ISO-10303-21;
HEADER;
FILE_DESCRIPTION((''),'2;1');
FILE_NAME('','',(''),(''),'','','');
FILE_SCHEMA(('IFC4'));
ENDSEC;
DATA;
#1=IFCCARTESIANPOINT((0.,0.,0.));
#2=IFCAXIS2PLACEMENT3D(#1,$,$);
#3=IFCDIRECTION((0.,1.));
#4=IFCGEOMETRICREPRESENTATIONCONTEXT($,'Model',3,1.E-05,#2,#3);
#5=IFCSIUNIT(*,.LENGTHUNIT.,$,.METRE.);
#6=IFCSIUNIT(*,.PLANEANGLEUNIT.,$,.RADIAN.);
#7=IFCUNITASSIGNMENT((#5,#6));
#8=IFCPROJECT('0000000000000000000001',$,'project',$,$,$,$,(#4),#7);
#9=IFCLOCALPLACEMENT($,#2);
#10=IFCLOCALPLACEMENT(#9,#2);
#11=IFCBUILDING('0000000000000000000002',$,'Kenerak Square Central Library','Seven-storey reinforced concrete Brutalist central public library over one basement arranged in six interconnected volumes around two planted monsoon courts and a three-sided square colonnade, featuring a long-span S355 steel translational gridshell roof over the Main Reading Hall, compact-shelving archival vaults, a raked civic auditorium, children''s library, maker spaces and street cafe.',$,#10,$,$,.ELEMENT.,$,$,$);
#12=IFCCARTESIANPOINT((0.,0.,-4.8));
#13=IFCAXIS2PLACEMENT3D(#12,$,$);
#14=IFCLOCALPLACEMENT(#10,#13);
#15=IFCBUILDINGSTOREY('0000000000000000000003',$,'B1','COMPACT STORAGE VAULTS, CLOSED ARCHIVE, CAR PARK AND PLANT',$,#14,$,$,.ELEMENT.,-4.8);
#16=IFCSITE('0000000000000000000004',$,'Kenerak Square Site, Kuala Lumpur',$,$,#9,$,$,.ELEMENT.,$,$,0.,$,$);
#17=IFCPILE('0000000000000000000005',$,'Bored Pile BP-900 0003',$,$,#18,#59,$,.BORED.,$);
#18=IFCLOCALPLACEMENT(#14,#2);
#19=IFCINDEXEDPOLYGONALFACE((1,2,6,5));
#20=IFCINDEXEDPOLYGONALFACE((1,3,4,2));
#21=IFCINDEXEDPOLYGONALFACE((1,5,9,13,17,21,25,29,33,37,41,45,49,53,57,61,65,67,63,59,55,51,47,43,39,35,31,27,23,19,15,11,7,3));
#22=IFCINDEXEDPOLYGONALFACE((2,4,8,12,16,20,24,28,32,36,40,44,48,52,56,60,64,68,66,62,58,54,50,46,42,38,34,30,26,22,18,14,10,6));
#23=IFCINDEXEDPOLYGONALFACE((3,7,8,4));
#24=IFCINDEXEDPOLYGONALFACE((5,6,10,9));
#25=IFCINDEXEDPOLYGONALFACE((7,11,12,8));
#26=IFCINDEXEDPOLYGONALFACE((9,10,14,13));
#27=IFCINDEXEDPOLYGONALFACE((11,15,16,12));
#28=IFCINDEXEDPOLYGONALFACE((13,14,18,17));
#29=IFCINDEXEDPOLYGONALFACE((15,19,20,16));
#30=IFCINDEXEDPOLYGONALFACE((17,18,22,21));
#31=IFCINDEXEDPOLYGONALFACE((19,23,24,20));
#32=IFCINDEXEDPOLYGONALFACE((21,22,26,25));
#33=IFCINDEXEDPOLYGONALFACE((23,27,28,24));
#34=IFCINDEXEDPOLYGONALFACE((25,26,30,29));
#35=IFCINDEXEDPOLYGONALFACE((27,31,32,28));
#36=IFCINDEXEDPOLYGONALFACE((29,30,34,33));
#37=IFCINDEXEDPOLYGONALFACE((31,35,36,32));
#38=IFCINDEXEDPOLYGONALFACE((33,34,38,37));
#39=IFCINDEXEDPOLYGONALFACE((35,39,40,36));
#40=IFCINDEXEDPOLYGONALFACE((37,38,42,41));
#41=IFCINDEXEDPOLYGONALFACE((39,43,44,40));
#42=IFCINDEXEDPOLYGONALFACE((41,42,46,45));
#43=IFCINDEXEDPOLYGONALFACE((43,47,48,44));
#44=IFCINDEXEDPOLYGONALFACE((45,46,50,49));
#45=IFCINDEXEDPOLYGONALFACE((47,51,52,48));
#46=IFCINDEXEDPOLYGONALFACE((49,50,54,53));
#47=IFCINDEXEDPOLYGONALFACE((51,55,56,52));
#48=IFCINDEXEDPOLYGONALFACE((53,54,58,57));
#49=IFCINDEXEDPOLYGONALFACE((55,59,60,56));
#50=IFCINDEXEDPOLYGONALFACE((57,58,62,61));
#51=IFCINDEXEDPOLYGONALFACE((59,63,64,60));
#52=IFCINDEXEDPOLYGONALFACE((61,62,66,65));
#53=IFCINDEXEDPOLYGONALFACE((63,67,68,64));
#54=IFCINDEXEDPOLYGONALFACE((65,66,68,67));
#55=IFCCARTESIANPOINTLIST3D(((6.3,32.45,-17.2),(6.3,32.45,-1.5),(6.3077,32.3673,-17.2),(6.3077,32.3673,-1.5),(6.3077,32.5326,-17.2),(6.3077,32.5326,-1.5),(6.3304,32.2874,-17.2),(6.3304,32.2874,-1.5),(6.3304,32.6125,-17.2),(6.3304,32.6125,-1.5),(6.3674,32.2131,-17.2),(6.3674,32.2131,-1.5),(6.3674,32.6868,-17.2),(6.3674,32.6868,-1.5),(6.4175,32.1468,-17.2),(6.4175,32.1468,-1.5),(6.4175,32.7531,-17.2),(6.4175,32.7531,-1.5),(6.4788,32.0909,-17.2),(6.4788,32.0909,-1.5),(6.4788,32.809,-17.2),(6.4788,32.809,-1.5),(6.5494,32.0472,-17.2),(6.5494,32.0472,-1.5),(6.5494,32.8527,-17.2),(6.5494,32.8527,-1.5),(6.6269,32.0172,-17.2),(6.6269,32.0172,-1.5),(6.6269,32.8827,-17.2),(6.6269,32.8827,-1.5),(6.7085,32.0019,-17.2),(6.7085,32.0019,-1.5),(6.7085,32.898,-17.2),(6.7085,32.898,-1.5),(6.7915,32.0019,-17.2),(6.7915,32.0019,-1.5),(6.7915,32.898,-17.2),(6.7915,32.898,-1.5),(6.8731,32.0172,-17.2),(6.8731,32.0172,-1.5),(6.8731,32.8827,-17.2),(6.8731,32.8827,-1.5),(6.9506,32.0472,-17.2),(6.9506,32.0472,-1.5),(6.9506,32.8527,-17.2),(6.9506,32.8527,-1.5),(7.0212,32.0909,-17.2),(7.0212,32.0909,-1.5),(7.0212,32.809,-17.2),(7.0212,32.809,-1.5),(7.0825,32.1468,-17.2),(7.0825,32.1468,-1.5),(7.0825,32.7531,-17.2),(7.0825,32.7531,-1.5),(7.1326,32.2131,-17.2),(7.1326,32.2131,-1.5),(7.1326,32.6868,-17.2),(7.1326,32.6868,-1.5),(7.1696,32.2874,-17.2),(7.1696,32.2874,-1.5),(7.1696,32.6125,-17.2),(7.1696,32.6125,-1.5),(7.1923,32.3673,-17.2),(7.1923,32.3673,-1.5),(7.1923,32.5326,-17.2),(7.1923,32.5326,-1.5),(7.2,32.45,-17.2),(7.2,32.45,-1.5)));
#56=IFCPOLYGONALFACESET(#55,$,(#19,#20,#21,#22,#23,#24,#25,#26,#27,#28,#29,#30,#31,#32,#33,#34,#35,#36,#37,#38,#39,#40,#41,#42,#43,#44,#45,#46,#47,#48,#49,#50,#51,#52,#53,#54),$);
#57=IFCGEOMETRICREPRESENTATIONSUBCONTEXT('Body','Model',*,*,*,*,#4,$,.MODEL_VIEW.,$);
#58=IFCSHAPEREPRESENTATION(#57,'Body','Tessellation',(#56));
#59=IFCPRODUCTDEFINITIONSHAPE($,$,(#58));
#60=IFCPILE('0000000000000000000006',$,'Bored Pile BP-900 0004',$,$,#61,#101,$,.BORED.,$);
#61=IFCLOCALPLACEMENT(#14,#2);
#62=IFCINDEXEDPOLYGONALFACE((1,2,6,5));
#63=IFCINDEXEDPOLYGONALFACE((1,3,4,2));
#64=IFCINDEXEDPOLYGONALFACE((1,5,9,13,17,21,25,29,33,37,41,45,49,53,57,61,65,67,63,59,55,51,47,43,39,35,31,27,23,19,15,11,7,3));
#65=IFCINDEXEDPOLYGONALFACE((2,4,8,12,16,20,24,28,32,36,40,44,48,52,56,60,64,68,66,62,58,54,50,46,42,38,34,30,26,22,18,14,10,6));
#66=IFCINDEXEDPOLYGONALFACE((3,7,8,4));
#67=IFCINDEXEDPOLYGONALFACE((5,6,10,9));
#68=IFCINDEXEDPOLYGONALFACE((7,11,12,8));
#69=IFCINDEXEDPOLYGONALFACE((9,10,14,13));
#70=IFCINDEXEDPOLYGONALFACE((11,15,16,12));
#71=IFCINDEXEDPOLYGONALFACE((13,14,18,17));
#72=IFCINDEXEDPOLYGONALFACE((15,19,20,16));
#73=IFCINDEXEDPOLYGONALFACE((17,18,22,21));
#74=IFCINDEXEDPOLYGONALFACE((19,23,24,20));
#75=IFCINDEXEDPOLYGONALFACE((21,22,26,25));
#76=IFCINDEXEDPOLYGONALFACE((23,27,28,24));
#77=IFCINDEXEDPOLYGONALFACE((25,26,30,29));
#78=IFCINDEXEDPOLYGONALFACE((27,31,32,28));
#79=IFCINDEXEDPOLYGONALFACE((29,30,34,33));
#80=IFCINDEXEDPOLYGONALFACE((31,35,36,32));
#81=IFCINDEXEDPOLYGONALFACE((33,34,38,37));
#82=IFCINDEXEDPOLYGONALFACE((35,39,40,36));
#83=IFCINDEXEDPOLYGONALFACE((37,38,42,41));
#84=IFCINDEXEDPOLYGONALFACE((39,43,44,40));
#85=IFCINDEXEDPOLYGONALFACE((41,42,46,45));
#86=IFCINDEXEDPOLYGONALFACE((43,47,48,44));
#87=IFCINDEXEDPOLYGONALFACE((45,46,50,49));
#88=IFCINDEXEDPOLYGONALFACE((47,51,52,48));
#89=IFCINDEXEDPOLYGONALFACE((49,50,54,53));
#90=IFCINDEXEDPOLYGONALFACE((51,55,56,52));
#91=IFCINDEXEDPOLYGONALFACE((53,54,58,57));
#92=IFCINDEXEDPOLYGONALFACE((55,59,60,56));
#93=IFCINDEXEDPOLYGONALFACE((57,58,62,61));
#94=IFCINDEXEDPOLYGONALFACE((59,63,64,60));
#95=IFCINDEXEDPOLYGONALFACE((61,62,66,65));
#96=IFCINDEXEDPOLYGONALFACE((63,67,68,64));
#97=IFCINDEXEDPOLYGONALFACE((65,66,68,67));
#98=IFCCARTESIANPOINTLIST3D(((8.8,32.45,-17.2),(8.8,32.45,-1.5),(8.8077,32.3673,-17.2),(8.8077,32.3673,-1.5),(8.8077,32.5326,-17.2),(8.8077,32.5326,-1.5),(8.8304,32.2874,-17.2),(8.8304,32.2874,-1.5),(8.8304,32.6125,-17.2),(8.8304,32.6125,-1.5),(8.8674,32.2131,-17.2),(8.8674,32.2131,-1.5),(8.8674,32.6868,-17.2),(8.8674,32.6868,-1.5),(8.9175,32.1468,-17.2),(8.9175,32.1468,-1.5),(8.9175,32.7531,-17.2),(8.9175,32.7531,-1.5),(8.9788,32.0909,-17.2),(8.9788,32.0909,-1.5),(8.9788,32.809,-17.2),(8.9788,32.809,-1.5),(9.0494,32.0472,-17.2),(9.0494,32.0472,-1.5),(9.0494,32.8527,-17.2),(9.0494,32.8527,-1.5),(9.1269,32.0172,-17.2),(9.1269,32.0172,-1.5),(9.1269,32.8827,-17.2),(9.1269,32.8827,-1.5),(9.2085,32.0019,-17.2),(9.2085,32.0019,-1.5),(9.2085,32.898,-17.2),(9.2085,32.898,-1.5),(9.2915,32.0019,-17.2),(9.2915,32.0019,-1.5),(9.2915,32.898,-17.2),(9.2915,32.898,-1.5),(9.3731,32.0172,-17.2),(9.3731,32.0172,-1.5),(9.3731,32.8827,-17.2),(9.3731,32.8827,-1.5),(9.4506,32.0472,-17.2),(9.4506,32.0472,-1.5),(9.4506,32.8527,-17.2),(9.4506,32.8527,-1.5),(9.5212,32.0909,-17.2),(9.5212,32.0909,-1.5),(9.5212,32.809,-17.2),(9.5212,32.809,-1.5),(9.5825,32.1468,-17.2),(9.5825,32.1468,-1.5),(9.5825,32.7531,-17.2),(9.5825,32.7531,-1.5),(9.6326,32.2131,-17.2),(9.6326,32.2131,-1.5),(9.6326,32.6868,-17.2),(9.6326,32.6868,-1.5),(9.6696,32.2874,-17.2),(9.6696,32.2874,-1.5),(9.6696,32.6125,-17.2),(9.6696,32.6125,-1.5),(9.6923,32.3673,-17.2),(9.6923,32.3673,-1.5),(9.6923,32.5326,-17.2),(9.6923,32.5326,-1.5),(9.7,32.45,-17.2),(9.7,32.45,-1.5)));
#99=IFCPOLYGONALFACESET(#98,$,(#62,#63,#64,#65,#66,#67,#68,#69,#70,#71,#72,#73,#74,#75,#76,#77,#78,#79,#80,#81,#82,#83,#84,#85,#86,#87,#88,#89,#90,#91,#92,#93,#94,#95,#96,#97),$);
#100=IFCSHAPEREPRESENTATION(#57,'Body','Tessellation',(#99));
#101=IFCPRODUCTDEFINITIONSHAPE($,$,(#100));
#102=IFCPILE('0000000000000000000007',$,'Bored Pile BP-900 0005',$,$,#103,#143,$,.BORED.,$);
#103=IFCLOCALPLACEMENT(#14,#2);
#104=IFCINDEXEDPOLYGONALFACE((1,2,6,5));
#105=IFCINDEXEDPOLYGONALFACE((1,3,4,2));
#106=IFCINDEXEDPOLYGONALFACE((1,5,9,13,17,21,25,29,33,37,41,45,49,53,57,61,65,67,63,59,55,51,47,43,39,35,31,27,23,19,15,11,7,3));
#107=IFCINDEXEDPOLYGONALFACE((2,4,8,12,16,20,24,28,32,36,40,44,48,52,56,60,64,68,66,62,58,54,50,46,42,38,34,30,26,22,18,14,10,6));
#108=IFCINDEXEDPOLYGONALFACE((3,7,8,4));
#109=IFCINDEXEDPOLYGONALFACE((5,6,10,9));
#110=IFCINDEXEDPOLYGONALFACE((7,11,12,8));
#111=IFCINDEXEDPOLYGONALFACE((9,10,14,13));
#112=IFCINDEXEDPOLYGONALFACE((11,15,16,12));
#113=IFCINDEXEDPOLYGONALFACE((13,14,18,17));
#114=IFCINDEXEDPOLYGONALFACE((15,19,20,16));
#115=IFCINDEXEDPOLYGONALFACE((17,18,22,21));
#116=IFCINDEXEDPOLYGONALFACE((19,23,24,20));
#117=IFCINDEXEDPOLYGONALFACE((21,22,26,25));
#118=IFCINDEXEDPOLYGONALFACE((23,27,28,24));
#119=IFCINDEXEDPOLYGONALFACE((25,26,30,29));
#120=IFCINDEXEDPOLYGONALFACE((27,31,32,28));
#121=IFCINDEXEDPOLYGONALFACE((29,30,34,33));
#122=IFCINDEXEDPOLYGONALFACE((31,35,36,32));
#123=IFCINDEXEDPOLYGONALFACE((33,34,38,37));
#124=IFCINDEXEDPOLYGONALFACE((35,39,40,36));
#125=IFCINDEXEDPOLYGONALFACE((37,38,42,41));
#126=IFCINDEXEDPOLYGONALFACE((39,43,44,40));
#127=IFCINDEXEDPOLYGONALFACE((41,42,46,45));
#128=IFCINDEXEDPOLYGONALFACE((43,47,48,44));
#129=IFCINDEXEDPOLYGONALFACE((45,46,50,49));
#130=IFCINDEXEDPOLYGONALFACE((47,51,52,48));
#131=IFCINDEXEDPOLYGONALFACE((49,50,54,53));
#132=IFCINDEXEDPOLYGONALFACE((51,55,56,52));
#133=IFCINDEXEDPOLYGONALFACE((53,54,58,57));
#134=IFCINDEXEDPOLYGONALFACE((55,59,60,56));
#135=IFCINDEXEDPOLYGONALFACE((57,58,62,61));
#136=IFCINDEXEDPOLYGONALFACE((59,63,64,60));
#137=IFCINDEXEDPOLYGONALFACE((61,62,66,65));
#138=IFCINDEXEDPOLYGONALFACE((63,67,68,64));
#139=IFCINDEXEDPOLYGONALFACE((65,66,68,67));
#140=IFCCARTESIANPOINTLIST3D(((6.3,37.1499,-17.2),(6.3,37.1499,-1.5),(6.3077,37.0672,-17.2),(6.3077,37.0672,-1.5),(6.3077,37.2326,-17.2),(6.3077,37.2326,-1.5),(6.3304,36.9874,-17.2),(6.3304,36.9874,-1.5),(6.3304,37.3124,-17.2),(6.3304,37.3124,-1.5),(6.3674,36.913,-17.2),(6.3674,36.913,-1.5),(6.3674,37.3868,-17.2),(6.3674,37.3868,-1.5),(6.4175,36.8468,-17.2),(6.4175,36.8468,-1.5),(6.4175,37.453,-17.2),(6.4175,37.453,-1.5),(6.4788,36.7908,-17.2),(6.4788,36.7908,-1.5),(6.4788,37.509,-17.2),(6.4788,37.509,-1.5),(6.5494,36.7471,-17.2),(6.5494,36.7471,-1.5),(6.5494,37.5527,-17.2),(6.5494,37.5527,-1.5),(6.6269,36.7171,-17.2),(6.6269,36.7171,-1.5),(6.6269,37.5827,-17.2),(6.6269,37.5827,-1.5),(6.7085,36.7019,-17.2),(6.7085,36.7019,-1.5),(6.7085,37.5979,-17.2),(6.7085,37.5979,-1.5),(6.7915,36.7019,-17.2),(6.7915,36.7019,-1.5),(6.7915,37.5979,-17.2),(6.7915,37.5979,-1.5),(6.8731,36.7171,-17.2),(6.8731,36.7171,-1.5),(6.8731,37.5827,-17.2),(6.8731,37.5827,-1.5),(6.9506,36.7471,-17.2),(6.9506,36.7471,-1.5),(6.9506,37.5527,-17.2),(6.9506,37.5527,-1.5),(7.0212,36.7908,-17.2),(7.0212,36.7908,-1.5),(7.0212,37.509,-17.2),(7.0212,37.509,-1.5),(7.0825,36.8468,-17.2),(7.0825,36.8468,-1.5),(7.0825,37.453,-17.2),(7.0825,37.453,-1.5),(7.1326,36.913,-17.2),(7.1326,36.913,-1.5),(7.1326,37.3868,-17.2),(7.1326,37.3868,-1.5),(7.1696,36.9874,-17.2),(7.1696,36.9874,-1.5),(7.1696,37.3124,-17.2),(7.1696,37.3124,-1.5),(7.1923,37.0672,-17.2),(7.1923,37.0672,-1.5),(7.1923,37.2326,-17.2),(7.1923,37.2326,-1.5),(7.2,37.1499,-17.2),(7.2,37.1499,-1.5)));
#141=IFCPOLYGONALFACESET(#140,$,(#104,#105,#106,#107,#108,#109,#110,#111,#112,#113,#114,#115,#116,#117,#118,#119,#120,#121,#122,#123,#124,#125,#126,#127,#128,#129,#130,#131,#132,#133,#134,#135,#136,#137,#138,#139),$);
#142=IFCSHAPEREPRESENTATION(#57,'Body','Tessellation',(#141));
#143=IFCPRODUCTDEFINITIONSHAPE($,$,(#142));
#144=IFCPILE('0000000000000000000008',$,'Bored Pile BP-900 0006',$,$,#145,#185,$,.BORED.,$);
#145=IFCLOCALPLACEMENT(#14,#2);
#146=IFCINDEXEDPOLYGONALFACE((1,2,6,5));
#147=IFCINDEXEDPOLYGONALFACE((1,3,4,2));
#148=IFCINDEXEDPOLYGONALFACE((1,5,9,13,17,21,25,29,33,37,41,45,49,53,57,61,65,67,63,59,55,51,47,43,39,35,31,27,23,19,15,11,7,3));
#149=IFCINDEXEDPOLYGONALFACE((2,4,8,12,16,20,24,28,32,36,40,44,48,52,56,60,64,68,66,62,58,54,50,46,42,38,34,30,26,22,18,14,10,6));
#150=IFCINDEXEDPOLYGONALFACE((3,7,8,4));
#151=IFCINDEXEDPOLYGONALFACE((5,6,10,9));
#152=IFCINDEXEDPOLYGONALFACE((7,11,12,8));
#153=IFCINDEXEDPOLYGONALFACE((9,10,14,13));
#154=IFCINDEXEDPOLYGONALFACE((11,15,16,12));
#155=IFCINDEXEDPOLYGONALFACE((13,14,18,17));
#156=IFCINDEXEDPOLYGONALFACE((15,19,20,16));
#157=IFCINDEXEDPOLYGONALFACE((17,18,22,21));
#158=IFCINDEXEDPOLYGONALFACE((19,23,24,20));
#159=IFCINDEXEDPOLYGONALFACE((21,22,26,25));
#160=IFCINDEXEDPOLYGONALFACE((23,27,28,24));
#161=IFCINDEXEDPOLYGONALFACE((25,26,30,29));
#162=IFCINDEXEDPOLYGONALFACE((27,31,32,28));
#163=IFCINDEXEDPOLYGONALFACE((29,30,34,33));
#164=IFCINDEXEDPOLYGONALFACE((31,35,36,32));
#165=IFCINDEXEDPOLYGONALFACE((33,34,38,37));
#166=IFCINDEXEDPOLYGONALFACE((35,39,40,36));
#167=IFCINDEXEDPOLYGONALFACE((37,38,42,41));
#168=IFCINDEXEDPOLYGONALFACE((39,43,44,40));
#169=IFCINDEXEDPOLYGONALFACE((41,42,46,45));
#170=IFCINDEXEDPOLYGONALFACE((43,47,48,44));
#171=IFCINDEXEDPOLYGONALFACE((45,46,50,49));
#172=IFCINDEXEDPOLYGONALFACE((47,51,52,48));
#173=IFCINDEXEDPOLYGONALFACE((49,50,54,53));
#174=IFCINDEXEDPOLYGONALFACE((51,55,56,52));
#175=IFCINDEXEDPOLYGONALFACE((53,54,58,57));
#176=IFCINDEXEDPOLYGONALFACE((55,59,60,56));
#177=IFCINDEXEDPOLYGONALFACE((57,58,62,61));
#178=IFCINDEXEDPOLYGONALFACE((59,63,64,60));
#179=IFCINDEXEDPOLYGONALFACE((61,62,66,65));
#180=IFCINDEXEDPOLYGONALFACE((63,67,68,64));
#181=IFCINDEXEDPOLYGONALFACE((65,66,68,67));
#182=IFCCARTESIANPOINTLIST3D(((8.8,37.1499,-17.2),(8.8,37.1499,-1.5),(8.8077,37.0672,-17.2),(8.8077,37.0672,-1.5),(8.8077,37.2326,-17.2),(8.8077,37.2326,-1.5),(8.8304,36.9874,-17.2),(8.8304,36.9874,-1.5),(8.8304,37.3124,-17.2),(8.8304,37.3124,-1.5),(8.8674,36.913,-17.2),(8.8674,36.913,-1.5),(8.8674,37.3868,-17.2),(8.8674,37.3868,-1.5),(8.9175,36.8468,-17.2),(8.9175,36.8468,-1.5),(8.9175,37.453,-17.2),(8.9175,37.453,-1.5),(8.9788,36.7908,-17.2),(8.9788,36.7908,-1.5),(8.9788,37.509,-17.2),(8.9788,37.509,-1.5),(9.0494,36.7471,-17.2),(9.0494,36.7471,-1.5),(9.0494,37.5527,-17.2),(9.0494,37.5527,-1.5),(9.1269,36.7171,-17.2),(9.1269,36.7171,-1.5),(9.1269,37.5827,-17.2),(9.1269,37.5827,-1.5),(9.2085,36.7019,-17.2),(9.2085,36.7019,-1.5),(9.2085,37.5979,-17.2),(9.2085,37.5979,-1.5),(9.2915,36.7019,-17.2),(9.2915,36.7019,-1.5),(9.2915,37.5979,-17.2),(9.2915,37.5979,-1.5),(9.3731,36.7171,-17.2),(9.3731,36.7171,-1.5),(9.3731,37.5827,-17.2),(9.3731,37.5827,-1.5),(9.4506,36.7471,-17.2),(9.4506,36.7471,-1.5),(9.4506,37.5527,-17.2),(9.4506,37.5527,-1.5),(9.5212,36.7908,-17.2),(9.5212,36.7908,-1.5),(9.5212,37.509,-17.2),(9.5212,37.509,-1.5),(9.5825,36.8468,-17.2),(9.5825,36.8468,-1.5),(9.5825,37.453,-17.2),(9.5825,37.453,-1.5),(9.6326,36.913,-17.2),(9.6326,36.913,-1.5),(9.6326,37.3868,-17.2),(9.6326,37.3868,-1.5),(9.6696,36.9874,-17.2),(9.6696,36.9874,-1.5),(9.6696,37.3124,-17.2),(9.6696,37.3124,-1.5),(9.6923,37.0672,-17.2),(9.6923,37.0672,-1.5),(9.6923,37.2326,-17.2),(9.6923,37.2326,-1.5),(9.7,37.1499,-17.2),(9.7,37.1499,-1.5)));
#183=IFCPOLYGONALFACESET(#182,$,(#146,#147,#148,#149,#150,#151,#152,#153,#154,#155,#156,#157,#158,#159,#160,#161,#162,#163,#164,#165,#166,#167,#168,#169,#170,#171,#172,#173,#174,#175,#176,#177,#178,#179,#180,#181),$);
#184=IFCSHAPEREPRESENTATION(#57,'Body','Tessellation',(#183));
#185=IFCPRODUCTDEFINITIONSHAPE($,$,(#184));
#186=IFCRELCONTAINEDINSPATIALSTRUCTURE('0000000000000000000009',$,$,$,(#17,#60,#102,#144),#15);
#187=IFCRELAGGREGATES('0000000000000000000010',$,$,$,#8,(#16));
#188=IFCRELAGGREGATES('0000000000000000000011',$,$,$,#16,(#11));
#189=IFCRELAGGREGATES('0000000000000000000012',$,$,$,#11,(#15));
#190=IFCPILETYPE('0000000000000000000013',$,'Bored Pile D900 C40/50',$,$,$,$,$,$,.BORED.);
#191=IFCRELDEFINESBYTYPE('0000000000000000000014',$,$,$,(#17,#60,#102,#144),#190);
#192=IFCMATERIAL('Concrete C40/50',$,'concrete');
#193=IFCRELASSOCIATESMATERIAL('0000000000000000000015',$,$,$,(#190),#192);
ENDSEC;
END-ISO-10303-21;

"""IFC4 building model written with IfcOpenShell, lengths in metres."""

from ifc_helpers import new_model, si_unit, direction, frame, origin, origin_2d, place, context, subcontext, project, spatial, circle, extrude, material, material_profile, profile_set, type_object, element, save


model = new_model("IFC4")

# Units and contexts
model_context = context("Model", 3, precision=1e-05, world=origin(), true_north=direction((0.0, 1.0)))
body_context = subcontext(model_context, "Body", "Model", "MODEL_VIEW")
ifc_project = project(units=[si_unit("LENGTHUNIT", "METRE"), si_unit("PLANEANGLEUNIT", "RADIAN")], contexts=[model_context])

# Site, building, storey
site_placement = place(None, origin())
site = spatial("IfcSite", under=ifc_project, at=site_placement, Name="Kenerak Square Site, Kuala Lumpur", CompositionType="ELEMENT", RefElevation=0.0)
building_placement = place(site_placement, origin())
building = spatial("IfcBuilding", under=site, at=building_placement, Name="Kenerak Square Central Library", Description="Seven-storey reinforced concrete Brutalist central public library over one basement arranged in six interconnected volumes around two planted monsoon courts and a three-sided square colonnade, featuring a long-span S355 steel translational gridshell roof over the Main Reading Hall, compact-shelving archival vaults, a raked civic auditorium, children's library, maker spaces and street cafe.", CompositionType="ELEMENT")
storey_placement = place(building_placement, frame((0.0, 0.0, -4.8)))
storey = spatial("IfcBuildingStorey", under=building, at=storey_placement, Name="B1", Description="COMPACT STORAGE VAULTS, CLOSED ARCHIVE, CAR PARK AND PLANT", CompositionType="ELEMENT", Elevation=-4.8)

# Piles
ifc_material_1 = material(Name="Concrete C40/50", Category="concrete")
ifc_material_profile_1 = material_profile(ifc_material_1, circle(Radius=0.45, at=origin_2d()), Name="BP D900")
ifc_profile_set_1 = profile_set([ifc_material_profile_1], Name="Concrete C40/50")
pile_type = type_object("IfcPileType", Name="Bored Pile D900 C40/50", PredefinedType="BORED", material=ifc_profile_set_1)
for number, where, z_axis, x_axis, name in (
    (1, (6.75, 32.45, -1.5), (0.0, 0.0, -1.0), (1.0, 0.0, 0.0), "Bored Pile BP-900 0003"),
    (2, (9.25, 32.45, -1.5), (0.0, 0.0, -1.0), (1.0, 0.0, 0.0), "Bored Pile BP-900 0004"),
    (3, (6.75, 37.1499, -1.5), (0.0, 0.0, -1.0), (1.0, 0.0, 0.0), "Bored Pile BP-900 0005"),
    (4, (9.25, 37.1499, -1.5), (0.0, 0.0, -1.0), (1.0, 0.0, 0.0), "Bored Pile BP-900 0006"),
):
    element("IfcPile", number, at=place(storey_placement, frame(where, z_axis=z_axis, x_axis=x_axis)), inside=storey, type_object=pile_type, Name=name, PredefinedType="BORED", context=body_context, shape_type="SweptSolid", body=[
        extrude(circle(Radius=0.45, at=origin_2d()), origin(), (0.0, 0.0, 1.0), 15.7),
    ])

save(model, "model.ifc")
